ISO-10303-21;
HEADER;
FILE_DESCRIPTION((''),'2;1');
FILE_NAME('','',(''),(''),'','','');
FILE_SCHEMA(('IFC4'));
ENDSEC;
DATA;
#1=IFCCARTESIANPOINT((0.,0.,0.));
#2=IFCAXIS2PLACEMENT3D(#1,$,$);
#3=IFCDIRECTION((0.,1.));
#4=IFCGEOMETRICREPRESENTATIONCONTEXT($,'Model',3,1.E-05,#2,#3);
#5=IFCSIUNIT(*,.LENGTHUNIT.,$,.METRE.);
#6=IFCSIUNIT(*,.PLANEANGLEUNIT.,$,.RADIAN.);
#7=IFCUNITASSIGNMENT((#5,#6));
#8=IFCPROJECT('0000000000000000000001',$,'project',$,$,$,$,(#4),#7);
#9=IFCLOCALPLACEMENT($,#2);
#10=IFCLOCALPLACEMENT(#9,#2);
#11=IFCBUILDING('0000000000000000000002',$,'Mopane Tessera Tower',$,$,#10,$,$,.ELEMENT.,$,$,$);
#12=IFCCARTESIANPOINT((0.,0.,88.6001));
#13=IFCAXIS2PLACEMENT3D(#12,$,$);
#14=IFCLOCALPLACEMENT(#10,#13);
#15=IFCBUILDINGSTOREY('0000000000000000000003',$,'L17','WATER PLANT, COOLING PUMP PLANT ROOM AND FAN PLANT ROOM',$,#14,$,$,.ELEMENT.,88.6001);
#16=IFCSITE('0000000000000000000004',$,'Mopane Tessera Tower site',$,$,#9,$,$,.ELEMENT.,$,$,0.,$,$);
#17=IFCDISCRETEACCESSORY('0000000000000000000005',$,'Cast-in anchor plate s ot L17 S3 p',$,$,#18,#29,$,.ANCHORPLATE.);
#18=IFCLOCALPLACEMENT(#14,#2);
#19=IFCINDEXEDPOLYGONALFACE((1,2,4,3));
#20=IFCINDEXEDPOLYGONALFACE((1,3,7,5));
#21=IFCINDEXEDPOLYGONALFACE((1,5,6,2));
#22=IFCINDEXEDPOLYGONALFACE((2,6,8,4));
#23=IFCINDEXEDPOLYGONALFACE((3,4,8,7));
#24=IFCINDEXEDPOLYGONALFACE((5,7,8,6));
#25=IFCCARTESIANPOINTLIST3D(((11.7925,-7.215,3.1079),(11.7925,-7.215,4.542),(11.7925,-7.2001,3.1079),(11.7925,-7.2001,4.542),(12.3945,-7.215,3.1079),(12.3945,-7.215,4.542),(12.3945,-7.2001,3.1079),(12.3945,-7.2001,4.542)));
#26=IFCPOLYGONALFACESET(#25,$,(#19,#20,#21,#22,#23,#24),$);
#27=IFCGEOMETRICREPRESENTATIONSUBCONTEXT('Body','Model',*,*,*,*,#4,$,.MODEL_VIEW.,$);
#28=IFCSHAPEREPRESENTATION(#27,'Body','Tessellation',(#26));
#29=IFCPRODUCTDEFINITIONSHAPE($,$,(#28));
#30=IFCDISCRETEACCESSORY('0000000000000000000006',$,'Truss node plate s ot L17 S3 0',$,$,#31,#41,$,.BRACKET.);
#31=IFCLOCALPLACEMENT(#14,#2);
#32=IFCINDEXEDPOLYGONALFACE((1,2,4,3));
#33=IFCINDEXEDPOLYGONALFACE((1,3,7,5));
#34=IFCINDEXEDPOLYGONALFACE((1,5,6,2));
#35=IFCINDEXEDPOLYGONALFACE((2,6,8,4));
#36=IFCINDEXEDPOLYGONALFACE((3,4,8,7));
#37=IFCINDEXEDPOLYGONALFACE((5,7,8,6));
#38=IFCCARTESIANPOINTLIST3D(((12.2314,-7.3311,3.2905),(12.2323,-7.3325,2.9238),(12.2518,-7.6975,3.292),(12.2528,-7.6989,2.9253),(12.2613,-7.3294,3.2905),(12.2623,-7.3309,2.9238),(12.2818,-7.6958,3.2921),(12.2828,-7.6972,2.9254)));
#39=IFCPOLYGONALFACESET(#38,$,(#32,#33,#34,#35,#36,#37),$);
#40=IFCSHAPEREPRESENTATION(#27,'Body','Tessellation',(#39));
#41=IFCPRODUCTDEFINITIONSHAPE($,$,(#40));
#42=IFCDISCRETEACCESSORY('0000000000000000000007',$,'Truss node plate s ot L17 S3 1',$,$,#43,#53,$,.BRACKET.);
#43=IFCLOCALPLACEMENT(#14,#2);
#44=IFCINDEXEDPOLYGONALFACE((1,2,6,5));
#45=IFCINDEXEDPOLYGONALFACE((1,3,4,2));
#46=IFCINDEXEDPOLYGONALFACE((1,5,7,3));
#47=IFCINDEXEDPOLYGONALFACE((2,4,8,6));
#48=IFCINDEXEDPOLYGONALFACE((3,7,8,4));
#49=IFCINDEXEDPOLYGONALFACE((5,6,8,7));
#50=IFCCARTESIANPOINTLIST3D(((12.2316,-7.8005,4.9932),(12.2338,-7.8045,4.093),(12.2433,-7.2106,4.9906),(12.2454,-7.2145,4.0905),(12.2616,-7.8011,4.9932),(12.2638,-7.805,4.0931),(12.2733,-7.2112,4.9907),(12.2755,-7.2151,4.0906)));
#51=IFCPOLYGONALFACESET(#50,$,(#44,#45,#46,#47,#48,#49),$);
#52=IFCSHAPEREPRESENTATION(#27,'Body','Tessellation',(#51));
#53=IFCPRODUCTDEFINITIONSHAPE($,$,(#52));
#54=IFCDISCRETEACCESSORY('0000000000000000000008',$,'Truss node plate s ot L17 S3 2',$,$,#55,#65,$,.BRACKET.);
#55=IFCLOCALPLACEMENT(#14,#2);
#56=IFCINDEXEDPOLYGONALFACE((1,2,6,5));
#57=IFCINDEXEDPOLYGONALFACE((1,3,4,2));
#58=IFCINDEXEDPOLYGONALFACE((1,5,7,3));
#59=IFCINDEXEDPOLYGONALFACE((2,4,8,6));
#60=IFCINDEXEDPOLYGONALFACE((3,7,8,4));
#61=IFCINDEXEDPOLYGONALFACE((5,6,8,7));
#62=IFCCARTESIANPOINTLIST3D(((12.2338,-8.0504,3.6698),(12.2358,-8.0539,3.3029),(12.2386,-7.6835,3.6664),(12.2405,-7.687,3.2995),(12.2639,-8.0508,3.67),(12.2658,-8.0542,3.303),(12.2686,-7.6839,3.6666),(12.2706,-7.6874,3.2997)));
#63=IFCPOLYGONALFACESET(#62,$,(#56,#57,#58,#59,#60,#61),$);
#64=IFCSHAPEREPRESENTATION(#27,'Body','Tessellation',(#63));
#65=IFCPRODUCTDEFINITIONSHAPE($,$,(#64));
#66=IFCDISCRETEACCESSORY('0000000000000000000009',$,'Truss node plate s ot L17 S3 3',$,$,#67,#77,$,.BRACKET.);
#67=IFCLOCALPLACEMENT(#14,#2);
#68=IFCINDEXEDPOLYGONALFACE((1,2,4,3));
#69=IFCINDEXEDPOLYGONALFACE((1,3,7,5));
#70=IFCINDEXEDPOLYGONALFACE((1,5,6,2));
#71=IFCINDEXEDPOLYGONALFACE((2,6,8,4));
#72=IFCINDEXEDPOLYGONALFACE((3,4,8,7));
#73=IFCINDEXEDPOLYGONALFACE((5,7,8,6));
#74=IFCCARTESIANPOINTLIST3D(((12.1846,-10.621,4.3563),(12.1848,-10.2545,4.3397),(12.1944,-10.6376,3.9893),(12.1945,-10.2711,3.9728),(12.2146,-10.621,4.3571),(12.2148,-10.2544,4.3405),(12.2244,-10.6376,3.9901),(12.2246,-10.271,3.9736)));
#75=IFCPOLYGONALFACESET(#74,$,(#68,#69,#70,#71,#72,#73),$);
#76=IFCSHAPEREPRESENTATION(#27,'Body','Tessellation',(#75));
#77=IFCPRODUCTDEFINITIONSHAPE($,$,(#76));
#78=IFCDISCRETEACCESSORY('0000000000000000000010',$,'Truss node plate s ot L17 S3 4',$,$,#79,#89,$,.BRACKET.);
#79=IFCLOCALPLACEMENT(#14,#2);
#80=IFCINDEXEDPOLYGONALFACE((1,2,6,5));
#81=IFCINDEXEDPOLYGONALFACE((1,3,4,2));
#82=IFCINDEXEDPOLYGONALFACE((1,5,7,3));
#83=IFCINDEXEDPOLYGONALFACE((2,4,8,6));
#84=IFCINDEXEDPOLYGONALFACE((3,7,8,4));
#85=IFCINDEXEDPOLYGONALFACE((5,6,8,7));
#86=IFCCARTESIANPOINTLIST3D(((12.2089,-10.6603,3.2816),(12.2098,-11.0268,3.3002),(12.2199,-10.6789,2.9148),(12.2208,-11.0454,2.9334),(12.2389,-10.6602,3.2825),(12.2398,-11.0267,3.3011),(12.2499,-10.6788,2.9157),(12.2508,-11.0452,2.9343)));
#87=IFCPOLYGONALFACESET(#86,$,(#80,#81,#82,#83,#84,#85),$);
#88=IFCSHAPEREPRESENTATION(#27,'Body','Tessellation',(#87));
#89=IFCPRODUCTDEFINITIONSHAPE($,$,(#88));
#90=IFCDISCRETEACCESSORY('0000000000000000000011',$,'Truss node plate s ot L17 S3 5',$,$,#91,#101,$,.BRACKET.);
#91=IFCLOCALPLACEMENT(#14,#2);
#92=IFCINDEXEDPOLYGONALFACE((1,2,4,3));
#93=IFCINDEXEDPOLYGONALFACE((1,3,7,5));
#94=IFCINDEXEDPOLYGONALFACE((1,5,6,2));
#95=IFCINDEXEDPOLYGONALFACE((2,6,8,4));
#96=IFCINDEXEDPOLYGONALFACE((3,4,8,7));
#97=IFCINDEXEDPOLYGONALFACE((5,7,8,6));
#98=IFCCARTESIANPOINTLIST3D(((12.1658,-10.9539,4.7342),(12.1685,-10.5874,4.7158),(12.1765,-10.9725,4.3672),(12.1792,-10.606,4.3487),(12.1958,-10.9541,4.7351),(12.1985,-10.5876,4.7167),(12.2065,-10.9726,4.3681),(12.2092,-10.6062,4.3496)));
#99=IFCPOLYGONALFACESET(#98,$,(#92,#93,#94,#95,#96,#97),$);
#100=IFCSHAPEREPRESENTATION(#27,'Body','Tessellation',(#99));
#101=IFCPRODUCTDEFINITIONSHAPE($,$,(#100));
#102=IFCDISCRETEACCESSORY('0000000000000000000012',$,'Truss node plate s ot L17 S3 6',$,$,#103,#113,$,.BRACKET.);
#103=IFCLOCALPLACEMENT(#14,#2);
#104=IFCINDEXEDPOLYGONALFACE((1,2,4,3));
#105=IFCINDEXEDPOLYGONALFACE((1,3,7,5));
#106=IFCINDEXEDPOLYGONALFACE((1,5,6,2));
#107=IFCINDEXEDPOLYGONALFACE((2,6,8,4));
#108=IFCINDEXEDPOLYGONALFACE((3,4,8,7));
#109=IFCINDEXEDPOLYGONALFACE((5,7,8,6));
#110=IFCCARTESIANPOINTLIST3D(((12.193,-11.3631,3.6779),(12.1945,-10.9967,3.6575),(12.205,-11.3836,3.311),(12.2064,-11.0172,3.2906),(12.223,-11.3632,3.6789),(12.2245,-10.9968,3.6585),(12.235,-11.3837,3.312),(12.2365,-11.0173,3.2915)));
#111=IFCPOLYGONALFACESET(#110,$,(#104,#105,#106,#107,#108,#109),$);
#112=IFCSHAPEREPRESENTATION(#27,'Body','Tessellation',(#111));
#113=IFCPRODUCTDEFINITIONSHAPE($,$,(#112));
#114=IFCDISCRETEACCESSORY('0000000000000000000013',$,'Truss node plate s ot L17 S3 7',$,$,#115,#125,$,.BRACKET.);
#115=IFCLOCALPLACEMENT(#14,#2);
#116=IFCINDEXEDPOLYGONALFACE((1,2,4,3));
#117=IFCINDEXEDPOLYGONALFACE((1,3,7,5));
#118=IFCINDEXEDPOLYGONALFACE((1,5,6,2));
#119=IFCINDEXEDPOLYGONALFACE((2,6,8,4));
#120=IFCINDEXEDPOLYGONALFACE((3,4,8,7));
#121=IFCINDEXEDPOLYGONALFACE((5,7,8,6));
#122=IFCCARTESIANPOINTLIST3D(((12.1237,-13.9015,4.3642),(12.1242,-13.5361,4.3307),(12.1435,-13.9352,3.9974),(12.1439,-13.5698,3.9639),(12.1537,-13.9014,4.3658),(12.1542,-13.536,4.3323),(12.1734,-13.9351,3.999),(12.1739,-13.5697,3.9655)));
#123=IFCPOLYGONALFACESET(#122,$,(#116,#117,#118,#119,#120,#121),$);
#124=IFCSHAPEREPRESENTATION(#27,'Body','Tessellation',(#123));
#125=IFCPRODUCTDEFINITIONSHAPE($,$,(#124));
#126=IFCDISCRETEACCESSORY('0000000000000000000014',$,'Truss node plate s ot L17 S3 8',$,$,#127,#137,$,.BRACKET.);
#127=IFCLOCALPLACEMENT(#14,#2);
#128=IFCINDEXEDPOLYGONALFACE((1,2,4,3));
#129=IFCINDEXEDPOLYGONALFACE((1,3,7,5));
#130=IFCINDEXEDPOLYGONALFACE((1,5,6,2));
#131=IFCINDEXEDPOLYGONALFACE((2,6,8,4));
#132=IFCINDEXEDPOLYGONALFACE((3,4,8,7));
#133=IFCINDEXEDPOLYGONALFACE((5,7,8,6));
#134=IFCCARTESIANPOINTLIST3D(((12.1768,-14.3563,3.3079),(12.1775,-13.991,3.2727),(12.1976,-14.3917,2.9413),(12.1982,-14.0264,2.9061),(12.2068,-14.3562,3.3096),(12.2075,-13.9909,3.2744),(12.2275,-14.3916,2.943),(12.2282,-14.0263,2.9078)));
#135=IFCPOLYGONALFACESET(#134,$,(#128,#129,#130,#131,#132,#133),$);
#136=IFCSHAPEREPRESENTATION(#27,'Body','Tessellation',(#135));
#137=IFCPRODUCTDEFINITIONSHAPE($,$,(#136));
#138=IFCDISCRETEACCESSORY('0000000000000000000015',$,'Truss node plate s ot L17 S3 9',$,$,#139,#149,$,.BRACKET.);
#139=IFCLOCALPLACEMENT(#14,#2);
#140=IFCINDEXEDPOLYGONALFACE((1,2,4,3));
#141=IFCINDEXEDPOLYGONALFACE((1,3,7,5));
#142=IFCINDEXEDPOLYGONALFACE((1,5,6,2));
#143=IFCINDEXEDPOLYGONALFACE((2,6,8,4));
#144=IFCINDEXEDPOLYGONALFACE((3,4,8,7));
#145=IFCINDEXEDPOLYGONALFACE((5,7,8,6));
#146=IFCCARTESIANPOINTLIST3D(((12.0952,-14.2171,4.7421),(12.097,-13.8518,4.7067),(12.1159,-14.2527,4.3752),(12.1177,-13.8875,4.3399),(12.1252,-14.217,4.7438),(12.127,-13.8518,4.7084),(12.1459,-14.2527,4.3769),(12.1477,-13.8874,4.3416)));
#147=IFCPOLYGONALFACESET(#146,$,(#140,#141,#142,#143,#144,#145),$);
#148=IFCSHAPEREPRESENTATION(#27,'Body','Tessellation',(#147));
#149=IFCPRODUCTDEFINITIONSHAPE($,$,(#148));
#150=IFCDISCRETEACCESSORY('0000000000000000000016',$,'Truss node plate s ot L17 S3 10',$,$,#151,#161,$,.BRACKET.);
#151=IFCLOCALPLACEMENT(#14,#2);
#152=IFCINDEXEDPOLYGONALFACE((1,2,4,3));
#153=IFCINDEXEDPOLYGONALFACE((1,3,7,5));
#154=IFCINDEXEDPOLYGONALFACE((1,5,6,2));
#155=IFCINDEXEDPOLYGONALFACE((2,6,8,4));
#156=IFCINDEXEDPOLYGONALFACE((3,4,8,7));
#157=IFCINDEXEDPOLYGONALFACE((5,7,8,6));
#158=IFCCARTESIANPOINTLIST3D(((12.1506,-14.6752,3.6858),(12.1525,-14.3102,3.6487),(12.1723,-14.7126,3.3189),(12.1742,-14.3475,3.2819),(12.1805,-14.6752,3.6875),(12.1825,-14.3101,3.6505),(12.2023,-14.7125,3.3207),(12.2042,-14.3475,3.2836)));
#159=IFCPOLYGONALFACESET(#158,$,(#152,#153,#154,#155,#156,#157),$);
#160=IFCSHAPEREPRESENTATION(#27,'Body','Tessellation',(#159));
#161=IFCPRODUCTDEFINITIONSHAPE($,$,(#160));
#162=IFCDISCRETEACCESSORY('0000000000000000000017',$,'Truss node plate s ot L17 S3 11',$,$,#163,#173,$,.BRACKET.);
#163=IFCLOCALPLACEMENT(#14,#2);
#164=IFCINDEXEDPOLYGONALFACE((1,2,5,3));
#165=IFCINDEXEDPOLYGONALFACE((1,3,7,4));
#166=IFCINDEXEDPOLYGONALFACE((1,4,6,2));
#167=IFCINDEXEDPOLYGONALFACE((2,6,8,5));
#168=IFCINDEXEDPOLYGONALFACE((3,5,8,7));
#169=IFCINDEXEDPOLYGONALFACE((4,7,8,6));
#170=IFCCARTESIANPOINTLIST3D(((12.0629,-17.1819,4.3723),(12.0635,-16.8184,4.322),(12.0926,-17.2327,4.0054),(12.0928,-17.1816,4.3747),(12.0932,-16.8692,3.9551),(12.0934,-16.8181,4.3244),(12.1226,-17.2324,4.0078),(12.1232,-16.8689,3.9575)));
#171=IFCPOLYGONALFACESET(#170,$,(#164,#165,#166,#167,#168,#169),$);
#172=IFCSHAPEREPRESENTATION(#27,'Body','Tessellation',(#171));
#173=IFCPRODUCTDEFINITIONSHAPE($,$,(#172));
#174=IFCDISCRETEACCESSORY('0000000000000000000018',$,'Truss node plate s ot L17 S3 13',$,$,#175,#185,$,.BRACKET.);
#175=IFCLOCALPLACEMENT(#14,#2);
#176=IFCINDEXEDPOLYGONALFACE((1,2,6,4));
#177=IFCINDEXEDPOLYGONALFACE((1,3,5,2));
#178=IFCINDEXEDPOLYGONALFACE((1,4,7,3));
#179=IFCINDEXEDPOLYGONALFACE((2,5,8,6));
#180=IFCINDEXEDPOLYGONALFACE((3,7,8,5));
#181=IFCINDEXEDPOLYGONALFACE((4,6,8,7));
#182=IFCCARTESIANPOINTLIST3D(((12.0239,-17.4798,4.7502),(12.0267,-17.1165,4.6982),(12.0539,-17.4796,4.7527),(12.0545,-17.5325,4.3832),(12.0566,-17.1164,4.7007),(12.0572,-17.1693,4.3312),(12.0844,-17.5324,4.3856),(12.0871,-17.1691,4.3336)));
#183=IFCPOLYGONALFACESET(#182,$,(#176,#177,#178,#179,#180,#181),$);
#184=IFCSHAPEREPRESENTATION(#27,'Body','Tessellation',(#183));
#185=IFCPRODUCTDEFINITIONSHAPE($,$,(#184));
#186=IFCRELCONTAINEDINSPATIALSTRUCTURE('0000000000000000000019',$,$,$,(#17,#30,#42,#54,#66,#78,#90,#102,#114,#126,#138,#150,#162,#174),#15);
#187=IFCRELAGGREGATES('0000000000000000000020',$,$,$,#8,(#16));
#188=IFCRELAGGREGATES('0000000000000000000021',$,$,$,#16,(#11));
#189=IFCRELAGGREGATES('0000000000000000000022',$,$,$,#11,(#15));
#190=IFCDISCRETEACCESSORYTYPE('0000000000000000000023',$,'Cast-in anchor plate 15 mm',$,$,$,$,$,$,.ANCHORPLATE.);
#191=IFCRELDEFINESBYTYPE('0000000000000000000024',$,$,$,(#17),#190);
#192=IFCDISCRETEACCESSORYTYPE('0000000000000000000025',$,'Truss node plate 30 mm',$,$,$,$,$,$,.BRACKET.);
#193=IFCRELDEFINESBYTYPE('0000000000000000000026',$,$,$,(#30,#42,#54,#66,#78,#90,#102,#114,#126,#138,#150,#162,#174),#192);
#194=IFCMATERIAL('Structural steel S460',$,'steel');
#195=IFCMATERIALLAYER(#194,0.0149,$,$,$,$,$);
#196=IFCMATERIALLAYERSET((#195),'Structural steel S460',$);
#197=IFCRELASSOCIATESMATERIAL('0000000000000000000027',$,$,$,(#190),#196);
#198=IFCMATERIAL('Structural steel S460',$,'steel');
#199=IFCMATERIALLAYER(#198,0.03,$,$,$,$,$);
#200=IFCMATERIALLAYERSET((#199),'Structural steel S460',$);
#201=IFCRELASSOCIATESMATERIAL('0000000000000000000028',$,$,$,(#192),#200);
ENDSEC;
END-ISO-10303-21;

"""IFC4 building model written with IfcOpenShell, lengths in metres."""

from ifc_helpers import new_model, si_unit, direction, frame, origin, origin_2d, place, context, subcontext, project, spatial, rectangle, extrude, material, layer, layer_set, type_object, element, save


model = new_model("IFC4")

# Units and contexts
model_context = context("Model", 3, precision=1e-05, world=origin(), true_north=direction((0.0, 1.0)))
body_context = subcontext(model_context, "Body", "Model", "MODEL_VIEW")
ifc_project = project(units=[si_unit("LENGTHUNIT", "METRE"), si_unit("PLANEANGLEUNIT", "RADIAN")], contexts=[model_context])

# Site, building, storey
site_placement = place(None, origin())
site = spatial("IfcSite", under=ifc_project, at=site_placement, Name="Mopane Tessera Tower site", CompositionType="ELEMENT", RefElevation=0.0)
building_placement = place(site_placement, origin())
building = spatial("IfcBuilding", under=site, at=building_placement, Name="Mopane Tessera Tower", CompositionType="ELEMENT")
storey_placement = place(building_placement, frame((0.0, 0.0, 88.6001)))
storey = spatial("IfcBuildingStorey", under=building, at=storey_placement, Name="L17", Description="WATER PLANT, COOLING PUMP PLANT ROOM AND FAN PLANT ROOM", CompositionType="ELEMENT", Elevation=88.6001)

# Discrete accessories
ifc_material_1 = material(Name="Structural steel S460", Category="steel")
ifc_layer_1 = layer(ifc_material_1, 0.0149)
ifc_layer_set_1 = layer_set([ifc_layer_1], Name="Structural steel S460")
discrete_accessory_type_1 = type_object("IfcDiscreteAccessoryType", Name="Cast-in anchor plate 15 mm", PredefinedType="ANCHORPLATE", material=ifc_layer_set_1)
discrete_accessory_1_placement = place(storey_placement, frame((12.0935, -7.2075, 3.1079), z_axis=(0.0, 0.0, 1.0), x_axis=(0.0, -1.0, 0.0)))
element("IfcDiscreteAccessory", 1, at=discrete_accessory_1_placement, inside=storey, type_object=discrete_accessory_type_1, Name="Cast-in anchor plate s ot L17 S3 p", PredefinedType="ANCHORPLATE", context=body_context, shape_type="SweptSolid", body=[
    extrude(rectangle(XDim=0.0149, YDim=0.6021, at=origin_2d()), origin(), (0.0, 0.0, 1.0), 1.4341),
])
ifc_material_2 = material(Name="Structural steel S460", Category="steel")
ifc_layer_2 = layer(ifc_material_2, 0.03)
ifc_layer_set_2 = layer_set([ifc_layer_2], Name="Structural steel S460")
discrete_accessory_type_2 = type_object("IfcDiscreteAccessoryType", Name="Truss node plate 30 mm", PredefinedType="BRACKET", material=ifc_layer_set_2)
discrete_accessory_2_placement = place(storey_placement, frame((12.2576, -7.5149, 2.9246), z_axis=(-0.002663, 0.003995, 0.999988), x_axis=(0.998436, 0.05586, 0.002436)))
element("IfcDiscreteAccessory", 2, at=discrete_accessory_2_placement, inside=storey, type_object=discrete_accessory_type_2, Name="Truss node plate s ot L17 S3 0", PredefinedType="BRACKET", context=body_context, shape_type="SweptSolid", body=[
    extrude(rectangle(XDim=0.03, YDim=0.3669, at=origin_2d()), origin(), (0.0, 0.0, 1.0), 0.3667),
])
discrete_accessory_3_placement = place(storey_placement, frame((12.2546, -7.5098, 4.0918), z_axis=(-0.002441, 0.00434, 0.999988), x_axis=(0.999802, -0.019722, 0.002526)))
element("IfcDiscreteAccessory", 3, at=discrete_accessory_3_placement, inside=storey, type_object=discrete_accessory_type_2, Name="Truss node plate s ot L17 S3 1", PredefinedType="BRACKET", context=body_context, shape_type="SweptSolid", body=[
    extrude(rectangle(XDim=0.03, YDim=0.5901, at=origin_2d()), origin(), (0.0, 0.0, 1.0), 0.9001),
])
discrete_accessory_4_placement = place(storey_placement, frame((12.2532, -7.8706, 3.3013), z_axis=(-0.005322, 0.009314, 0.999942), x_axis=(0.999902, -0.012927, 0.005443)))
element("IfcDiscreteAccessory", 4, at=discrete_accessory_4_placement, inside=storey, type_object=discrete_accessory_type_2, Name="Truss node plate s ot L17 S3 2", PredefinedType="BRACKET", context=body_context, shape_type="SweptSolid", body=[
    extrude(rectangle(XDim=0.03, YDim=0.3669, at=origin_2d()), origin(), (0.0, 0.0, 1.0), 0.3669),
])
for number, where, z_axis, x_axis, name in (
    (5, (12.2095, -10.4543, 3.9814), (-0.026577, 0.045181, 0.998625), (0.999647, 0.000811, 0.026567), "Truss node plate s ot L17 S3 3"),
    (6, (12.2354, -10.8621, 2.9246), (-0.029908, 0.050512, 0.998276), (0.99955, 0.003972, 0.029746), "Truss node plate s ot L17 S3 4"),
):
    element("IfcDiscreteAccessory", number, at=place(storey_placement, frame(where, z_axis=z_axis, x_axis=x_axis)), inside=storey, type_object=discrete_accessory_type_2, Name=name, PredefinedType="BRACKET", context=body_context, shape_type="SweptSolid", body=[
        extrude(rectangle(XDim=0.03, YDim=0.3669, at=origin_2d()), origin(), (0.0, 0.0, 1.0), 0.3674),
    ])
for number, where, z_axis, x_axis, name in (
    (7, (12.1929, -10.7893, 4.3584), (-0.029225, 0.050479, 0.998297), (0.999546, -0.005832, 0.029556), "Truss node plate s ot L17 S3 5"),
    (8, (12.2207, -11.2004, 3.3013), (-0.032533, 0.055772, 0.997913), (0.999462, -0.002232, 0.032709), "Truss node plate s ot L17 S3 6"),
):
    element("IfcDiscreteAccessory", number, at=place(storey_placement, frame(where, z_axis=z_axis, x_axis=x_axis)), inside=storey, type_object=discrete_accessory_type_2, Name=name, PredefinedType="BRACKET", context=body_context, shape_type="SweptSolid", body=[
        extrude(rectangle(XDim=0.03, YDim=0.3669, at=origin_2d()), origin(), (0.0, 0.0, 1.0), 0.3677),
    ])
for number, where, z_axis, x_axis, name in (
    (9, (12.1587, -13.7524, 3.9814), (-0.053589, 0.0913, 0.99438), (0.998562, 0.00356, 0.053488), "Truss node plate s ot L17 S3 7"),
    (10, (12.2129, -14.209, 2.9246), (-0.05624, 0.095939, 0.993797), (0.998415, 0.003528, 0.056161), "Truss node plate s ot L17 S3 8"),
):
    element("IfcDiscreteAccessory", number, at=place(storey_placement, frame(where, z_axis=z_axis, x_axis=x_axis)), inside=storey, type_object=discrete_accessory_type_2, Name=name, PredefinedType="BRACKET", context=body_context, shape_type="SweptSolid", body=[
        extrude(rectangle(XDim=0.03, YDim=0.3669, at=origin_2d()), origin(), (0.0, 0.0, 1.0), 0.3689),
    ])
discrete_accessory_5_placement = place(storey_placement, frame((12.1318, -14.0701, 4.3584), z_axis=(-0.0562, 0.096531, 0.993742), x_axis=(0.998408, 0.000563, 0.056409)))
element("IfcDiscreteAccessory", 11, at=discrete_accessory_5_placement, inside=storey, type_object=discrete_accessory_type_2, Name="Truss node plate s ot L17 S3 9", PredefinedType="BRACKET", context=body_context, shape_type="SweptSolid", body=[
    extrude(rectangle(XDim=0.03, YDim=0.3669, at=origin_2d()), origin(), (0.0, 0.0, 1.0), 0.3691),
])
discrete_accessory_6_placement = place(storey_placement, frame((12.1882, -14.53, 3.3013), z_axis=(-0.058809, 0.101098, 0.993137), x_axis=(0.998256, 0.000743, 0.059036)))
element("IfcDiscreteAccessory", 12, at=discrete_accessory_6_placement, inside=storey, type_object=discrete_accessory_type_2, Name="Truss node plate s ot L17 S3 10", PredefinedType="BRACKET", context=body_context, shape_type="SweptSolid", body=[
    extrude(rectangle(XDim=0.03, YDim=0.3669, at=origin_2d()), origin(), (0.0, 0.0, 1.0), 0.3694),
])
discrete_accessory_7_placement = place(storey_placement, frame((12.1079, -17.0508, 3.9814), z_axis=(-0.080146, 0.136642, 0.987373), x_axis=(0.996782, 0.009329, 0.079619)))
element("IfcDiscreteAccessory", 13, at=discrete_accessory_7_placement, inside=storey, type_object=discrete_accessory_type_2, Name="Truss node plate s ot L17 S3 11", PredefinedType="BRACKET", context=body_context, shape_type="SweptSolid", body=[
    extrude(rectangle(XDim=0.03, YDim=0.3669, at=origin_2d()), origin(), (0.0, 0.0, 1.0), 0.3716),
])
discrete_accessory_8_placement = place(storey_placement, frame((12.0708, -17.3508, 4.3584), z_axis=(-0.082044, 0.141772, 0.986494), x_axis=(0.996601, 0.004274, 0.08227)))
element("IfcDiscreteAccessory", 14, at=discrete_accessory_8_placement, inside=storey, type_object=discrete_accessory_type_2, Name="Truss node plate s ot L17 S3 13", PredefinedType="BRACKET", context=body_context, shape_type="SweptSolid", body=[
    extrude(rectangle(XDim=0.03, YDim=0.3669, at=origin_2d()), origin(), (0.0, 0.0, 1.0), 0.3721),
])

save(model, "model.ifc")
